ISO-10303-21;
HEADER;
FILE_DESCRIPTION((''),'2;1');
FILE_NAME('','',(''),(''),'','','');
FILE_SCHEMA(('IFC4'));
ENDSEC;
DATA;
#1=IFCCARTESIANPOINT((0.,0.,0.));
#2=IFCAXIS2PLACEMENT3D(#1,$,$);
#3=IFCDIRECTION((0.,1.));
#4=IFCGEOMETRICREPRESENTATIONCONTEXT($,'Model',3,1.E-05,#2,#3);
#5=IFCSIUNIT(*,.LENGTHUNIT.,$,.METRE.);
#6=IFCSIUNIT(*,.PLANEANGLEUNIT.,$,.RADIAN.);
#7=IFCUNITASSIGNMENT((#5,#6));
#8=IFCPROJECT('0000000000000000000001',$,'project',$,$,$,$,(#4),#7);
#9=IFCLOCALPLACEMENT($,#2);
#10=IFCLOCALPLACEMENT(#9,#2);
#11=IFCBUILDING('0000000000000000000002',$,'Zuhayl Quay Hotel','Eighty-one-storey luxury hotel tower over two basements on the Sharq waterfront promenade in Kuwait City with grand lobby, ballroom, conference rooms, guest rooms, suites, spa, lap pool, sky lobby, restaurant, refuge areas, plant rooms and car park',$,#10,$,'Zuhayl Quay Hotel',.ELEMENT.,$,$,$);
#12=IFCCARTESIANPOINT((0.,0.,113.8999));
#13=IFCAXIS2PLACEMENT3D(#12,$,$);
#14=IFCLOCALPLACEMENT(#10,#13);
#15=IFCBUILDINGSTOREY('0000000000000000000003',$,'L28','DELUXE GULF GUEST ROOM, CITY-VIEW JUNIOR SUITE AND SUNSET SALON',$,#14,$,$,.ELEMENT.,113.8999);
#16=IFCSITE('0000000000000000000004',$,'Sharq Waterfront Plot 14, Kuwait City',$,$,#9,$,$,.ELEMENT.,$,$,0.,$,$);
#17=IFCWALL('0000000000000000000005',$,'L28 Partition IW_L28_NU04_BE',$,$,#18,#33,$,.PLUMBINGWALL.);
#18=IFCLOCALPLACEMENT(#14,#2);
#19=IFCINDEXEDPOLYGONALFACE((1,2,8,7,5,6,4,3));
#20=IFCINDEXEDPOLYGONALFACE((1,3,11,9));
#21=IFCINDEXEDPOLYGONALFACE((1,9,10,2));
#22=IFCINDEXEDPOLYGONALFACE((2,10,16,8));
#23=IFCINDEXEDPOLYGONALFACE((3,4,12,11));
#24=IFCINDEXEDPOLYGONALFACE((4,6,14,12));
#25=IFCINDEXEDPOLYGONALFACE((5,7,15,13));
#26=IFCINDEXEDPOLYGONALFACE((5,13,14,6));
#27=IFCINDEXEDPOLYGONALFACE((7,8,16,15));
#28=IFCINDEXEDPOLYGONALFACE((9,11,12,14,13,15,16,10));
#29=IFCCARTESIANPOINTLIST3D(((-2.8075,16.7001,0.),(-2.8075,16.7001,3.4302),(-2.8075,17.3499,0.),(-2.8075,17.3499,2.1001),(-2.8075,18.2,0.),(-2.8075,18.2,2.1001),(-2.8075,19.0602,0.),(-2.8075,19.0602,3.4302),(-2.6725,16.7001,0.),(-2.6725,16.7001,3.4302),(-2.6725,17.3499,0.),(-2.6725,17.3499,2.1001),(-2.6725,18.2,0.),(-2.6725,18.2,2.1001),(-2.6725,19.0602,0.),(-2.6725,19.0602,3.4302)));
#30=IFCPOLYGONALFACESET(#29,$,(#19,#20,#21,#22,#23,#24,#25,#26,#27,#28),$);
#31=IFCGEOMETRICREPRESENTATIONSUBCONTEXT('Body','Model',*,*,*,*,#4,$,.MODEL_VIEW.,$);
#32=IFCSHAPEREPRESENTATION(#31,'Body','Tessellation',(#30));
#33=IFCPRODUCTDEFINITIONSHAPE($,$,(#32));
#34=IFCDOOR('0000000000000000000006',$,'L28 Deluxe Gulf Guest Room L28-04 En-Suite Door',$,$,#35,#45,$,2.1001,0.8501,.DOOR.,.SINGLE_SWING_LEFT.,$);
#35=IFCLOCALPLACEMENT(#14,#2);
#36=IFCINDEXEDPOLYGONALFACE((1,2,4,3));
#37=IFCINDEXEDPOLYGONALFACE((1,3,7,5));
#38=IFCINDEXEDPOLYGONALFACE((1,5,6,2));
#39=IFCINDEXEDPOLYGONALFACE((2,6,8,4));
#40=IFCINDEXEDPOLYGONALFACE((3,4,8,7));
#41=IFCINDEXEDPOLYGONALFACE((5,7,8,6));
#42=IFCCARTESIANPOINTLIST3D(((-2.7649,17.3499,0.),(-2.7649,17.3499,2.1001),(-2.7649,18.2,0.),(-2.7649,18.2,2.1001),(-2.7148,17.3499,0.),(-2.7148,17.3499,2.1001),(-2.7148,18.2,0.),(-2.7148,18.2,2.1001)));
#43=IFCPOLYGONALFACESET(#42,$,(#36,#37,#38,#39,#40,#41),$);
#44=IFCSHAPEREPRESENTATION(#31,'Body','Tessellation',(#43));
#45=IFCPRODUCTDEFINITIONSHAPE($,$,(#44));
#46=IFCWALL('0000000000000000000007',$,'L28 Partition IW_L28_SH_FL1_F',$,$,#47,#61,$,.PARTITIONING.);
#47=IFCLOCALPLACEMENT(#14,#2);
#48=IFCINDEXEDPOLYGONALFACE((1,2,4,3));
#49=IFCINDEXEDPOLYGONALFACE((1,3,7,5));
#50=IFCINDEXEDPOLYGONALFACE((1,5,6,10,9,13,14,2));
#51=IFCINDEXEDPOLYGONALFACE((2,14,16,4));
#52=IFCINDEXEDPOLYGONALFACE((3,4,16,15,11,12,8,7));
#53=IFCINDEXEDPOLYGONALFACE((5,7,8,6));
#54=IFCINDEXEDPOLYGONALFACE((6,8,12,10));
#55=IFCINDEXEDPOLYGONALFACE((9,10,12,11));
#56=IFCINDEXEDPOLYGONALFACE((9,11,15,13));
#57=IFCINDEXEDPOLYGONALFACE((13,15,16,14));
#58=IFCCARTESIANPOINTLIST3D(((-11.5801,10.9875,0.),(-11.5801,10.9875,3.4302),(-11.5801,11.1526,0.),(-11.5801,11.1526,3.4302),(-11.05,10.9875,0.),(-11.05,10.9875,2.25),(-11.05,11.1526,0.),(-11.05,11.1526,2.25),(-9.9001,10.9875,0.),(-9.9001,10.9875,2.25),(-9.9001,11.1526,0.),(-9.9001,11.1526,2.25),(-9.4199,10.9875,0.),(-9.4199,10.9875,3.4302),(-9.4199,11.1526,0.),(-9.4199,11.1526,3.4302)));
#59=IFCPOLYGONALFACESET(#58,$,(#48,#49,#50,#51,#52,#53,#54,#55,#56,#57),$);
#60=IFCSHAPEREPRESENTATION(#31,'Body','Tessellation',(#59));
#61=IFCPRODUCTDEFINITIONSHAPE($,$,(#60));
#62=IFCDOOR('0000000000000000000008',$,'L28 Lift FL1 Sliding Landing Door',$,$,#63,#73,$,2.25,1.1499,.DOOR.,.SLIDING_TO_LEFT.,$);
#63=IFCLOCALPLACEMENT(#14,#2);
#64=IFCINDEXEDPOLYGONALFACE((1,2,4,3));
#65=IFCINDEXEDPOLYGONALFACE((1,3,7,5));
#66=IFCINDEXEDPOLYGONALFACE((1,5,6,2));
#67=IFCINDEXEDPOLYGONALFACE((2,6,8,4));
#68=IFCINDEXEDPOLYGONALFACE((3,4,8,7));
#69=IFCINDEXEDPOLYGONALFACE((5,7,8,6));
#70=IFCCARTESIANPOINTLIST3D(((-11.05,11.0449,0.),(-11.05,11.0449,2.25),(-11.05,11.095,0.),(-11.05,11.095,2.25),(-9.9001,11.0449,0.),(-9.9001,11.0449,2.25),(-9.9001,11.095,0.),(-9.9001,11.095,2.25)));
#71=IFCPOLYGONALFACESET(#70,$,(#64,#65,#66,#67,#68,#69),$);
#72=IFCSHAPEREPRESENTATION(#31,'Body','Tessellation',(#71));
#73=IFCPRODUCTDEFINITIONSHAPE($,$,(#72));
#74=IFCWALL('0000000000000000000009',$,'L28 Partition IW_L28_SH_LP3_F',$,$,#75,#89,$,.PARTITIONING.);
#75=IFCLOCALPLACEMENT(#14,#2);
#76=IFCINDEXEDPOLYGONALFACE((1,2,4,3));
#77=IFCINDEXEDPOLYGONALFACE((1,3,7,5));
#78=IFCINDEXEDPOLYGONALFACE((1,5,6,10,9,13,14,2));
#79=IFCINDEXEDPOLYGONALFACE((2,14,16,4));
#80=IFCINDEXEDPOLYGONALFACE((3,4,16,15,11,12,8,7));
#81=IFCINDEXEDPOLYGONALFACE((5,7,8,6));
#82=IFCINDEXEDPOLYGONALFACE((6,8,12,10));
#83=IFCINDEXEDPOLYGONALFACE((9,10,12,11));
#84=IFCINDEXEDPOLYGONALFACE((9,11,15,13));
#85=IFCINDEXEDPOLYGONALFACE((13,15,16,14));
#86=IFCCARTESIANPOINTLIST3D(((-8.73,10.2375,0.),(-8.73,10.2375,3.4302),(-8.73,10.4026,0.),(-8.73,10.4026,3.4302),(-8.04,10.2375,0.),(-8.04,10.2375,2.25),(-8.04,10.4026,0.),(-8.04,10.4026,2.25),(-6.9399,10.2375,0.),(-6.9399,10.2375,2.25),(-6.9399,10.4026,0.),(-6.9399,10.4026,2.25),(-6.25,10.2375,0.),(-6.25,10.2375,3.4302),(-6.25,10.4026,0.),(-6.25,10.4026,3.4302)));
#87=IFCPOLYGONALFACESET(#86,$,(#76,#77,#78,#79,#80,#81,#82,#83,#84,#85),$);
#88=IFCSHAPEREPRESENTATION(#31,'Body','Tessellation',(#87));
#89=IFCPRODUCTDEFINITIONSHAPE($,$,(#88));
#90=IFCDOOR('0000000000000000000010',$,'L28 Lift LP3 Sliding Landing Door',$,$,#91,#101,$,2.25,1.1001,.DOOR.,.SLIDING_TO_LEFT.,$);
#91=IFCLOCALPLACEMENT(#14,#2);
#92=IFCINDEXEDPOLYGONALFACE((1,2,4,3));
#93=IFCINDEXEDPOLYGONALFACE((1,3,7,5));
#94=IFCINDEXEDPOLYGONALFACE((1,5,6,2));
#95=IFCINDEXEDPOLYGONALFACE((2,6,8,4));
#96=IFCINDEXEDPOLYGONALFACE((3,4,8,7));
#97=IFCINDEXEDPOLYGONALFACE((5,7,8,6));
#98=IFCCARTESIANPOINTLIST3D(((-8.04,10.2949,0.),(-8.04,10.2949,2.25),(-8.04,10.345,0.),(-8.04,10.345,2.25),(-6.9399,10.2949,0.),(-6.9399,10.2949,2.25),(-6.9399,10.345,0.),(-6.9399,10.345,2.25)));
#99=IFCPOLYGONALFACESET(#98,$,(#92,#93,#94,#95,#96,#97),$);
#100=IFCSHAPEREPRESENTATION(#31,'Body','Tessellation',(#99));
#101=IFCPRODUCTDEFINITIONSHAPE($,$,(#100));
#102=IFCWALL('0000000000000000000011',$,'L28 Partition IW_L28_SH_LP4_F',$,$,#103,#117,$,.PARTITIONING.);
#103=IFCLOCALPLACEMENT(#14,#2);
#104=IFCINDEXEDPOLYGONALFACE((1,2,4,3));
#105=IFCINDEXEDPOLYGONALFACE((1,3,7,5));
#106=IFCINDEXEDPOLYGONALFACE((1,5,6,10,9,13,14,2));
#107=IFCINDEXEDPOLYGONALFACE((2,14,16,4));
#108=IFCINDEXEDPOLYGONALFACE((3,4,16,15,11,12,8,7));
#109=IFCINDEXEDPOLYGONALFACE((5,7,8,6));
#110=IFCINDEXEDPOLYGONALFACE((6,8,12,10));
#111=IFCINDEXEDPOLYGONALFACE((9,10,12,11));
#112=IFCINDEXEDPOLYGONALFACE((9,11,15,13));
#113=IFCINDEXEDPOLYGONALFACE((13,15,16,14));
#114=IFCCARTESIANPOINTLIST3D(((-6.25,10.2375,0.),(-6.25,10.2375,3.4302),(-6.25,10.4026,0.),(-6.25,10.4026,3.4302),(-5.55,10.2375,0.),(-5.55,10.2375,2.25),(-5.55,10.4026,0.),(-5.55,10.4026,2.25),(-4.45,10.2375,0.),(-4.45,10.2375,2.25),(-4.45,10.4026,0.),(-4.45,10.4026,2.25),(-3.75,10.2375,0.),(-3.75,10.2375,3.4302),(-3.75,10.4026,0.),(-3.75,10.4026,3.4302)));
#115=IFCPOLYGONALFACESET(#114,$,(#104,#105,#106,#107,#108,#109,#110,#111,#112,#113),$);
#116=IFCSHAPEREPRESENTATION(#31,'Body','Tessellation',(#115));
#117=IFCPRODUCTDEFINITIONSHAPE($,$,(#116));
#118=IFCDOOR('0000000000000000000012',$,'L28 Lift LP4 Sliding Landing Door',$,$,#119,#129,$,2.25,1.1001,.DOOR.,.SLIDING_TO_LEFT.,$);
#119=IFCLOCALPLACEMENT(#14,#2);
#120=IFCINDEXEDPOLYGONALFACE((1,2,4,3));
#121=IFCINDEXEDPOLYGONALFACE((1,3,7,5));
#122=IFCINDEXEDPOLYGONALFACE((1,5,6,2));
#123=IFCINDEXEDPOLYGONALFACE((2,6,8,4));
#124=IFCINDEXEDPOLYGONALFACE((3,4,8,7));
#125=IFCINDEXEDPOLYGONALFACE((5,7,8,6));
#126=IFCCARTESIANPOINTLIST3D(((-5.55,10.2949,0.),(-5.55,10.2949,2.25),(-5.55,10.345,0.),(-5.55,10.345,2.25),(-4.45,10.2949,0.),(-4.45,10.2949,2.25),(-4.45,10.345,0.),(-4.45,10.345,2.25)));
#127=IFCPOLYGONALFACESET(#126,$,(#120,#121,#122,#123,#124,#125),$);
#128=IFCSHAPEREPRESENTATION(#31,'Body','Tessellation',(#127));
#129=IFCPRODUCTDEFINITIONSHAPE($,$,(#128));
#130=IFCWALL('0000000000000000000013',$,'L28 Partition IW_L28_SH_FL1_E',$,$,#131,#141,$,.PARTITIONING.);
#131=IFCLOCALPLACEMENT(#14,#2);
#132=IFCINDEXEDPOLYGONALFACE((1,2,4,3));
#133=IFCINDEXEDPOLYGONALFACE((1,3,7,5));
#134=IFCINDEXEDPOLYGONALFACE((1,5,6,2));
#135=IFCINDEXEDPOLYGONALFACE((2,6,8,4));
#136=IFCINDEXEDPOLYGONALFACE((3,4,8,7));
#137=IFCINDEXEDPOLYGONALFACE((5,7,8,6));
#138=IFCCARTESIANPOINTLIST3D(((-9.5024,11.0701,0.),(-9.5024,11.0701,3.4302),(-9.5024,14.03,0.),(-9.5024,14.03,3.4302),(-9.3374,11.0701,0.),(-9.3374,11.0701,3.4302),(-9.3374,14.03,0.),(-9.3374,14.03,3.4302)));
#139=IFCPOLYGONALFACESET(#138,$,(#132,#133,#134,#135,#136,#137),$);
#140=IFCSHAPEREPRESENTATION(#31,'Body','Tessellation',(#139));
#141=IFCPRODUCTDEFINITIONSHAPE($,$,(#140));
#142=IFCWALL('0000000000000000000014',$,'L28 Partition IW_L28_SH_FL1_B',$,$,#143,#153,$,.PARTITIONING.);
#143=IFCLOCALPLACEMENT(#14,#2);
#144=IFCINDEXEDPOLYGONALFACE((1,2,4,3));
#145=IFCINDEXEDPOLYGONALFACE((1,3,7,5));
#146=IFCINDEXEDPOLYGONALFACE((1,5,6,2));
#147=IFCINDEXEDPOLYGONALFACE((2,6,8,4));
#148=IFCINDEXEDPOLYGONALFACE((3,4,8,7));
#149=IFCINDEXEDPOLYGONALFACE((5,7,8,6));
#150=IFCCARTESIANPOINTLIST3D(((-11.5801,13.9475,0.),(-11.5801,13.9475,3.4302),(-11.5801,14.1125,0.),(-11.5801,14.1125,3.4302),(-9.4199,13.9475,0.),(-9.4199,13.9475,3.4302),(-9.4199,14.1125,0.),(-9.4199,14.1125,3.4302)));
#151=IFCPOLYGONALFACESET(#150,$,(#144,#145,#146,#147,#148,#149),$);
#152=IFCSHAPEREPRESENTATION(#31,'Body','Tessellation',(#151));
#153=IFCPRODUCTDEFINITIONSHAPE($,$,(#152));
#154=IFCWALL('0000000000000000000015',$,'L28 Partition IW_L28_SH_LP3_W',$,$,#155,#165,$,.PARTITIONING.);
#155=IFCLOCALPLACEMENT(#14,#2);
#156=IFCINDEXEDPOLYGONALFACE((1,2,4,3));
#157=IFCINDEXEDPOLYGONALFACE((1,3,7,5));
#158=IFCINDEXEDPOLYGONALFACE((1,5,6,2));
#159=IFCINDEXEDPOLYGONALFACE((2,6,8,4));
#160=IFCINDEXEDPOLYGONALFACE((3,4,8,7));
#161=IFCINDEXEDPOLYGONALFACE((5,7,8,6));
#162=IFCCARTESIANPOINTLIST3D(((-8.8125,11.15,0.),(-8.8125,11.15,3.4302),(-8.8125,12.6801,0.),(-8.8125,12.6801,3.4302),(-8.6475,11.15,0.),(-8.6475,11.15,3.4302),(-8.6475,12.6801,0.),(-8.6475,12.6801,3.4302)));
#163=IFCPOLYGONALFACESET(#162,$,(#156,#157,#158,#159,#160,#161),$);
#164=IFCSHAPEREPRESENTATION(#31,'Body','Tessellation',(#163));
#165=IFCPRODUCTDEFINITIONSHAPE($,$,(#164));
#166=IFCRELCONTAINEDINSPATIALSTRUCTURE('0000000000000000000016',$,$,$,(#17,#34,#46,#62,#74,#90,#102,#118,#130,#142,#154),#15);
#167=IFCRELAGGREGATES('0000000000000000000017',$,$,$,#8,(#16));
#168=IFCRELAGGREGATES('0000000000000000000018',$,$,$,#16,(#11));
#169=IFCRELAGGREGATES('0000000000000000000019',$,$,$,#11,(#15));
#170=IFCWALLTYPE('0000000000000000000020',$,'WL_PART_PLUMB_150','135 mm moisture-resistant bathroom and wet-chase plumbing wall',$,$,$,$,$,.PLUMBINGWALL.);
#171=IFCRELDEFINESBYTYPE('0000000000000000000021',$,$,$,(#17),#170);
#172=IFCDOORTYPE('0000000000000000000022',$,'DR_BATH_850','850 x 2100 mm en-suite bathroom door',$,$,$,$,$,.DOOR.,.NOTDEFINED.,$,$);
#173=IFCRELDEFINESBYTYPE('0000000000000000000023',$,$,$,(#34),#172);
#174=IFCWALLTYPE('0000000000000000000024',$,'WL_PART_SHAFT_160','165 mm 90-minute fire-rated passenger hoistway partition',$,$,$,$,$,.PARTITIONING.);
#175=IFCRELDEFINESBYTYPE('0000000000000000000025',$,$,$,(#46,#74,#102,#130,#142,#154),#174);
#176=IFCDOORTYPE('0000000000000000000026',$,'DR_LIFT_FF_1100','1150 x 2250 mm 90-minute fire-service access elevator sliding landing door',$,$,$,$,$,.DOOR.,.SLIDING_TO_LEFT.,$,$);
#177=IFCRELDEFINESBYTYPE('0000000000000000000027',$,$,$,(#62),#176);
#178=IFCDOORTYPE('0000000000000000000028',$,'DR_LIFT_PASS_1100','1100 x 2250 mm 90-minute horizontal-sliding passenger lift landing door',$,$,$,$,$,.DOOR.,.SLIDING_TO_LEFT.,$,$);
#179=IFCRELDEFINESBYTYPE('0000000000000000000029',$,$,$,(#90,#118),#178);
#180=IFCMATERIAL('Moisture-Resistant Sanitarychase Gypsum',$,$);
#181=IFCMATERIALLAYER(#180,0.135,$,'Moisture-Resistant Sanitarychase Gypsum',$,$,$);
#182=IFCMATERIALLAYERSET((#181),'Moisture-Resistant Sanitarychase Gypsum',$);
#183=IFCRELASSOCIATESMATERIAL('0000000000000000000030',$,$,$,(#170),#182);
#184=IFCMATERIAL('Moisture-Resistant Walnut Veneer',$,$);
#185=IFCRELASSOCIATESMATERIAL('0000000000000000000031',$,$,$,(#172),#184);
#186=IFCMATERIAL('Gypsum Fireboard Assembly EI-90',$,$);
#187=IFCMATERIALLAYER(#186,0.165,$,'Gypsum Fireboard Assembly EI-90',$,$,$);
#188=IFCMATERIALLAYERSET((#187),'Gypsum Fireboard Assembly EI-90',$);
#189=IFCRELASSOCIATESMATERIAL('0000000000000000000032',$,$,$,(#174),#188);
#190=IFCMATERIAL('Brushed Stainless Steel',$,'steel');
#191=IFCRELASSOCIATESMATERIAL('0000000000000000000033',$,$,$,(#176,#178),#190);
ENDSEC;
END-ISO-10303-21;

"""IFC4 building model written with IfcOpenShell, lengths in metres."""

from ifc_helpers import new_model, si_unit, direction, frame, frame_2d, origin, place, context, subcontext, project, spatial, rectangle, extrude, material, layer, layer_set, type_object, element, fill, save


model = new_model("IFC4")

# Units and contexts
model_context = context("Model", 3, precision=1e-05, world=origin(), true_north=direction((0.0, 1.0)))
body_context = subcontext(model_context, "Body", "Model", "MODEL_VIEW")
ifc_project = project(units=[si_unit("LENGTHUNIT", "METRE"), si_unit("PLANEANGLEUNIT", "RADIAN")], contexts=[model_context])

# Site, building, storey
site_placement = place(None, origin())
site = spatial("IfcSite", under=ifc_project, at=site_placement, Name="Sharq Waterfront Plot 14, Kuwait City", CompositionType="ELEMENT", RefElevation=0.0)
building_placement = place(site_placement, origin())
building = spatial("IfcBuilding", under=site, at=building_placement, Name="Zuhayl Quay Hotel", Description="Eighty-one-storey luxury hotel tower over two basements on the Sharq waterfront promenade in Kuwait City with grand lobby, ballroom, conference rooms, guest rooms, suites, spa, lap pool, sky lobby, restaurant, refuge areas, plant rooms and car park", LongName="Zuhayl Quay Hotel", CompositionType="ELEMENT")
storey_placement = place(building_placement, frame((0.0, 0.0, 113.8999)))
storey = spatial("IfcBuildingStorey", under=building, at=storey_placement, Name="L28", Description="DELUXE GULF GUEST ROOM, CITY-VIEW JUNIOR SUITE AND SUNSET SALON", CompositionType="ELEMENT", Elevation=113.8999)

# Walls, openings, doors
ifc_material_1 = material(Name="Moisture-Resistant Sanitarychase Gypsum")
ifc_layer_1 = layer(ifc_material_1, 0.135, Name="Moisture-Resistant Sanitarychase Gypsum")
ifc_layer_set_1 = layer_set([ifc_layer_1], Name="Moisture-Resistant Sanitarychase Gypsum")
wall_type_1 = type_object("IfcWallType", Name="WL_PART_PLUMB_150", Description="135 mm moisture-resistant bathroom and wet-chase plumbing wall", PredefinedType="PLUMBINGWALL", material=ifc_layer_set_1)
ifc_material_2 = material(Name="Moisture-Resistant Walnut Veneer")
door_type_1 = type_object("IfcDoorType", Name="DR_BATH_850", Description="850 x 2100 mm en-suite bathroom door", OperationType="NOTDEFINED", PredefinedType="DOOR", material=ifc_material_2)
wall_1_placement = place(storey_placement, frame((-2.74, 16.7, 0.0), z_axis=(0.0, 0.0, 1.0), x_axis=(0.0, 1.0, 0.0)))
wall_1 = element("IfcWall", 1, at=wall_1_placement, inside=storey, type_object=wall_type_1, Name="L28 Partition IW_L28_NU04_BE", PredefinedType="PLUMBINGWALL", context=body_context, shape_type="SweptSolid", body=[
    extrude(rectangle(XDim=2.3601, YDim=0.135, at=frame_2d((1.1802, 0.0))), origin(), (0.0, 0.0, 1.0), 3.4302),
])
opening_1_placement = place(wall_1_placement, frame((0.6499, 0.0, 0.0)))
opening_1 = element("IfcOpeningElement", 2, at=opening_1_placement, cuts=wall_1, PredefinedType="OPENING", context=body_context, shape_type="SweptSolid", body=[
    extrude(rectangle(XDim=0.8501, YDim=2.1001, at=frame_2d((0.425, 1.05))), frame((0.0, 0.0774, 0.0), z_axis=(0.0, -1.0, 0.0), x_axis=(1.0, 0.0, 0.0)), (0.0, 0.0, 1.0), 0.155),
])
door_1_placement = place(opening_1_placement, origin())
door_1 = element("IfcDoor", 3, at=door_1_placement, inside=storey, type_object=door_type_1, Name="L28 Deluxe Gulf Guest Room L28-04 En-Suite Door", OperationType="SINGLE_SWING_LEFT", OverallHeight=2.1001, OverallWidth=0.8501, PredefinedType="DOOR", context=body_context, shape_type="SweptSolid", body=[
    extrude(rectangle(XDim=0.8501, YDim=2.1001, at=frame_2d((0.425, 1.05))), frame((0.0, 0.0249, 0.0), z_axis=(0.0, -1.0, 0.0), x_axis=(1.0, 0.0, 0.0)), (0.0, 0.0, 1.0), 0.05),
])
fill(opening_1, door_1)
ifc_material_3 = material(Name="Gypsum Fireboard Assembly EI-90")
ifc_layer_2 = layer(ifc_material_3, 0.165, Name="Gypsum Fireboard Assembly EI-90")
ifc_layer_set_2 = layer_set([ifc_layer_2], Name="Gypsum Fireboard Assembly EI-90")
wall_type_2 = type_object("IfcWallType", Name="WL_PART_SHAFT_160", Description="165 mm 90-minute fire-rated passenger hoistway partition", PredefinedType="PARTITIONING", material=ifc_layer_set_2)
wall_2_placement = place(storey_placement, frame((-11.5801, 11.0701, 0.0), z_axis=(0.0, 0.0, 1.0), x_axis=(1.0, 0.0, 0.0)))
wall_2 = element("IfcWall", 4, at=wall_2_placement, inside=storey, type_object=wall_type_2, Name="L28 Partition IW_L28_SH_FL1_F", PredefinedType="PARTITIONING", context=body_context, shape_type="SweptSolid", body=[
    extrude(rectangle(XDim=2.1602, YDim=0.165, at=frame_2d((1.0801, 0.0))), origin(), (0.0, 0.0, 1.0), 3.4302),
])
opening_2_placement = place(wall_2_placement, frame((0.53, 0.0, 0.0)))
opening_2 = element("IfcOpeningElement", 5, at=opening_2_placement, cuts=wall_2, PredefinedType="OPENING", context=body_context, shape_type="SweptSolid", body=[
    extrude(rectangle(XDim=1.1499, YDim=2.25, at=frame_2d((0.575, 1.125))), frame((0.0, 0.0925, 0.0), z_axis=(0.0, -1.0, 0.0), x_axis=(1.0, 0.0, 0.0)), (0.0, 0.0, 1.0), 0.1851),
])
ifc_material_4 = material(Name="Brushed Stainless Steel", Category="steel")
door_type_2 = type_object("IfcDoorType", Name="DR_LIFT_FF_1100", Description="1150 x 2250 mm 90-minute fire-service access elevator sliding landing door", OperationType="SLIDING_TO_LEFT", PredefinedType="DOOR", material=ifc_material_4)
door_2_placement = place(opening_2_placement, origin())
door_2 = element("IfcDoor", 6, at=door_2_placement, inside=storey, type_object=door_type_2, Name="L28 Lift FL1 Sliding Landing Door", OperationType="SLIDING_TO_LEFT", OverallHeight=2.25, OverallWidth=1.1499, PredefinedType="DOOR", context=body_context, shape_type="SweptSolid", body=[
    extrude(rectangle(XDim=1.1499, YDim=2.25, at=frame_2d((0.575, 1.125))), frame((0.0, 0.0249, 0.0), z_axis=(0.0, -1.0, 0.0), x_axis=(1.0, 0.0, 0.0)), (0.0, 0.0, 1.0), 0.05),
])
fill(opening_2, door_2)
wall_3_placement = place(storey_placement, frame((-8.73, 10.3201, 0.0), z_axis=(0.0, 0.0, 1.0), x_axis=(1.0, 0.0, 0.0)))
wall_3 = element("IfcWall", 7, at=wall_3_placement, inside=storey, type_object=wall_type_2, Name="L28 Partition IW_L28_SH_LP3_F", PredefinedType="PARTITIONING", context=body_context, shape_type="SweptSolid", body=[
    extrude(rectangle(XDim=2.48, YDim=0.165, at=frame_2d((1.24, 0.0))), origin(), (0.0, 0.0, 1.0), 3.4302),
])
opening_3_placement = place(wall_3_placement, frame((0.6899, 0.0, 0.0)))
opening_3 = element("IfcOpeningElement", 8, at=opening_3_placement, cuts=wall_3, PredefinedType="OPENING", context=body_context, shape_type="SweptSolid", body=[
    extrude(rectangle(XDim=1.1001, YDim=2.25, at=frame_2d((0.55, 1.125))), frame((0.0, 0.0925, 0.0), z_axis=(0.0, -1.0, 0.0), x_axis=(1.0, 0.0, 0.0)), (0.0, 0.0, 1.0), 0.1851),
])
door_type_3 = type_object("IfcDoorType", Name="DR_LIFT_PASS_1100", Description="1100 x 2250 mm 90-minute horizontal-sliding passenger lift landing door", OperationType="SLIDING_TO_LEFT", PredefinedType="DOOR", material=ifc_material_4)
door_3_placement = place(opening_3_placement, origin())
door_3 = element("IfcDoor", 9, at=door_3_placement, inside=storey, type_object=door_type_3, Name="L28 Lift LP3 Sliding Landing Door", OperationType="SLIDING_TO_LEFT", OverallHeight=2.25, OverallWidth=1.1001, PredefinedType="DOOR", context=body_context, shape_type="SweptSolid", body=[
    extrude(rectangle(XDim=1.1001, YDim=2.25, at=frame_2d((0.55, 1.125))), frame((0.0, 0.0249, 0.0), z_axis=(0.0, -1.0, 0.0), x_axis=(1.0, 0.0, 0.0)), (0.0, 0.0, 1.0), 0.05),
])
fill(opening_3, door_3)
wall_4_placement = place(storey_placement, frame((-6.25, 10.3201, 0.0), z_axis=(0.0, 0.0, 1.0), x_axis=(1.0, 0.0, 0.0)))
wall_4 = element("IfcWall", 10, at=wall_4_placement, inside=storey, type_object=wall_type_2, Name="L28 Partition IW_L28_SH_LP4_F", PredefinedType="PARTITIONING", context=body_context, shape_type="SweptSolid", body=[
    extrude(rectangle(XDim=2.5, YDim=0.165, at=frame_2d((1.25, 0.0))), origin(), (0.0, 0.0, 1.0), 3.4302),
])
opening_4_placement = place(wall_4_placement, frame((0.7, 0.0, 0.0)))
opening_4 = element("IfcOpeningElement", 11, at=opening_4_placement, cuts=wall_4, PredefinedType="OPENING", context=body_context, shape_type="SweptSolid", body=[
    extrude(rectangle(XDim=1.1001, YDim=2.25, at=frame_2d((0.55, 1.125))), frame((0.0, 0.0925, 0.0), z_axis=(0.0, -1.0, 0.0), x_axis=(1.0, 0.0, 0.0)), (0.0, 0.0, 1.0), 0.1851),
])
door_4_placement = place(opening_4_placement, origin())
door_4 = element("IfcDoor", 12, at=door_4_placement, inside=storey, type_object=door_type_3, Name="L28 Lift LP4 Sliding Landing Door", OperationType="SLIDING_TO_LEFT", OverallHeight=2.25, OverallWidth=1.1001, PredefinedType="DOOR", context=body_context, shape_type="SweptSolid", body=[
    extrude(rectangle(XDim=1.1001, YDim=2.25, at=frame_2d((0.55, 1.125))), frame((0.0, 0.0249, 0.0), z_axis=(0.0, -1.0, 0.0), x_axis=(1.0, 0.0, 0.0)), (0.0, 0.0, 1.0), 0.05),
])
fill(opening_4, door_4)

# Walls
wall_5_placement = place(storey_placement, frame((-9.4199, 11.0701, 0.0), z_axis=(0.0, 0.0, 1.0), x_axis=(0.0, 1.0, 0.0)))
element("IfcWall", 13, at=wall_5_placement, inside=storey, type_object=wall_type_2, Name="L28 Partition IW_L28_SH_FL1_E", PredefinedType="PARTITIONING", context=body_context, shape_type="SweptSolid", body=[
    extrude(rectangle(XDim=2.96, YDim=0.165, at=frame_2d((1.48, 0.0))), origin(), (0.0, 0.0, 1.0), 3.4302),
])
wall_6_placement = place(storey_placement, frame((-11.5801, 14.03, 0.0), z_axis=(0.0, 0.0, 1.0), x_axis=(1.0, 0.0, 0.0)))
element("IfcWall", 14, at=wall_6_placement, inside=storey, type_object=wall_type_2, Name="L28 Partition IW_L28_SH_FL1_B", PredefinedType="PARTITIONING", context=body_context, shape_type="SweptSolid", body=[
    extrude(rectangle(XDim=2.1602, YDim=0.165, at=frame_2d((1.0801, 0.0))), origin(), (0.0, 0.0, 1.0), 3.4302),
])
wall_7_placement = place(storey_placement, frame((-8.73, 11.1499, 0.0), z_axis=(0.0, 0.0, 1.0), x_axis=(0.0, 1.0, 0.0)))
element("IfcWall", 15, at=wall_7_placement, inside=storey, type_object=wall_type_2, Name="L28 Partition IW_L28_SH_LP3_W", PredefinedType="PARTITIONING", context=body_context, shape_type="SweptSolid", body=[
    extrude(rectangle(XDim=1.53, YDim=0.165, at=frame_2d((0.7651, 0.0))), origin(), (0.0, 0.0, 1.0), 3.4302),
])

save(model, "model.ifc")
